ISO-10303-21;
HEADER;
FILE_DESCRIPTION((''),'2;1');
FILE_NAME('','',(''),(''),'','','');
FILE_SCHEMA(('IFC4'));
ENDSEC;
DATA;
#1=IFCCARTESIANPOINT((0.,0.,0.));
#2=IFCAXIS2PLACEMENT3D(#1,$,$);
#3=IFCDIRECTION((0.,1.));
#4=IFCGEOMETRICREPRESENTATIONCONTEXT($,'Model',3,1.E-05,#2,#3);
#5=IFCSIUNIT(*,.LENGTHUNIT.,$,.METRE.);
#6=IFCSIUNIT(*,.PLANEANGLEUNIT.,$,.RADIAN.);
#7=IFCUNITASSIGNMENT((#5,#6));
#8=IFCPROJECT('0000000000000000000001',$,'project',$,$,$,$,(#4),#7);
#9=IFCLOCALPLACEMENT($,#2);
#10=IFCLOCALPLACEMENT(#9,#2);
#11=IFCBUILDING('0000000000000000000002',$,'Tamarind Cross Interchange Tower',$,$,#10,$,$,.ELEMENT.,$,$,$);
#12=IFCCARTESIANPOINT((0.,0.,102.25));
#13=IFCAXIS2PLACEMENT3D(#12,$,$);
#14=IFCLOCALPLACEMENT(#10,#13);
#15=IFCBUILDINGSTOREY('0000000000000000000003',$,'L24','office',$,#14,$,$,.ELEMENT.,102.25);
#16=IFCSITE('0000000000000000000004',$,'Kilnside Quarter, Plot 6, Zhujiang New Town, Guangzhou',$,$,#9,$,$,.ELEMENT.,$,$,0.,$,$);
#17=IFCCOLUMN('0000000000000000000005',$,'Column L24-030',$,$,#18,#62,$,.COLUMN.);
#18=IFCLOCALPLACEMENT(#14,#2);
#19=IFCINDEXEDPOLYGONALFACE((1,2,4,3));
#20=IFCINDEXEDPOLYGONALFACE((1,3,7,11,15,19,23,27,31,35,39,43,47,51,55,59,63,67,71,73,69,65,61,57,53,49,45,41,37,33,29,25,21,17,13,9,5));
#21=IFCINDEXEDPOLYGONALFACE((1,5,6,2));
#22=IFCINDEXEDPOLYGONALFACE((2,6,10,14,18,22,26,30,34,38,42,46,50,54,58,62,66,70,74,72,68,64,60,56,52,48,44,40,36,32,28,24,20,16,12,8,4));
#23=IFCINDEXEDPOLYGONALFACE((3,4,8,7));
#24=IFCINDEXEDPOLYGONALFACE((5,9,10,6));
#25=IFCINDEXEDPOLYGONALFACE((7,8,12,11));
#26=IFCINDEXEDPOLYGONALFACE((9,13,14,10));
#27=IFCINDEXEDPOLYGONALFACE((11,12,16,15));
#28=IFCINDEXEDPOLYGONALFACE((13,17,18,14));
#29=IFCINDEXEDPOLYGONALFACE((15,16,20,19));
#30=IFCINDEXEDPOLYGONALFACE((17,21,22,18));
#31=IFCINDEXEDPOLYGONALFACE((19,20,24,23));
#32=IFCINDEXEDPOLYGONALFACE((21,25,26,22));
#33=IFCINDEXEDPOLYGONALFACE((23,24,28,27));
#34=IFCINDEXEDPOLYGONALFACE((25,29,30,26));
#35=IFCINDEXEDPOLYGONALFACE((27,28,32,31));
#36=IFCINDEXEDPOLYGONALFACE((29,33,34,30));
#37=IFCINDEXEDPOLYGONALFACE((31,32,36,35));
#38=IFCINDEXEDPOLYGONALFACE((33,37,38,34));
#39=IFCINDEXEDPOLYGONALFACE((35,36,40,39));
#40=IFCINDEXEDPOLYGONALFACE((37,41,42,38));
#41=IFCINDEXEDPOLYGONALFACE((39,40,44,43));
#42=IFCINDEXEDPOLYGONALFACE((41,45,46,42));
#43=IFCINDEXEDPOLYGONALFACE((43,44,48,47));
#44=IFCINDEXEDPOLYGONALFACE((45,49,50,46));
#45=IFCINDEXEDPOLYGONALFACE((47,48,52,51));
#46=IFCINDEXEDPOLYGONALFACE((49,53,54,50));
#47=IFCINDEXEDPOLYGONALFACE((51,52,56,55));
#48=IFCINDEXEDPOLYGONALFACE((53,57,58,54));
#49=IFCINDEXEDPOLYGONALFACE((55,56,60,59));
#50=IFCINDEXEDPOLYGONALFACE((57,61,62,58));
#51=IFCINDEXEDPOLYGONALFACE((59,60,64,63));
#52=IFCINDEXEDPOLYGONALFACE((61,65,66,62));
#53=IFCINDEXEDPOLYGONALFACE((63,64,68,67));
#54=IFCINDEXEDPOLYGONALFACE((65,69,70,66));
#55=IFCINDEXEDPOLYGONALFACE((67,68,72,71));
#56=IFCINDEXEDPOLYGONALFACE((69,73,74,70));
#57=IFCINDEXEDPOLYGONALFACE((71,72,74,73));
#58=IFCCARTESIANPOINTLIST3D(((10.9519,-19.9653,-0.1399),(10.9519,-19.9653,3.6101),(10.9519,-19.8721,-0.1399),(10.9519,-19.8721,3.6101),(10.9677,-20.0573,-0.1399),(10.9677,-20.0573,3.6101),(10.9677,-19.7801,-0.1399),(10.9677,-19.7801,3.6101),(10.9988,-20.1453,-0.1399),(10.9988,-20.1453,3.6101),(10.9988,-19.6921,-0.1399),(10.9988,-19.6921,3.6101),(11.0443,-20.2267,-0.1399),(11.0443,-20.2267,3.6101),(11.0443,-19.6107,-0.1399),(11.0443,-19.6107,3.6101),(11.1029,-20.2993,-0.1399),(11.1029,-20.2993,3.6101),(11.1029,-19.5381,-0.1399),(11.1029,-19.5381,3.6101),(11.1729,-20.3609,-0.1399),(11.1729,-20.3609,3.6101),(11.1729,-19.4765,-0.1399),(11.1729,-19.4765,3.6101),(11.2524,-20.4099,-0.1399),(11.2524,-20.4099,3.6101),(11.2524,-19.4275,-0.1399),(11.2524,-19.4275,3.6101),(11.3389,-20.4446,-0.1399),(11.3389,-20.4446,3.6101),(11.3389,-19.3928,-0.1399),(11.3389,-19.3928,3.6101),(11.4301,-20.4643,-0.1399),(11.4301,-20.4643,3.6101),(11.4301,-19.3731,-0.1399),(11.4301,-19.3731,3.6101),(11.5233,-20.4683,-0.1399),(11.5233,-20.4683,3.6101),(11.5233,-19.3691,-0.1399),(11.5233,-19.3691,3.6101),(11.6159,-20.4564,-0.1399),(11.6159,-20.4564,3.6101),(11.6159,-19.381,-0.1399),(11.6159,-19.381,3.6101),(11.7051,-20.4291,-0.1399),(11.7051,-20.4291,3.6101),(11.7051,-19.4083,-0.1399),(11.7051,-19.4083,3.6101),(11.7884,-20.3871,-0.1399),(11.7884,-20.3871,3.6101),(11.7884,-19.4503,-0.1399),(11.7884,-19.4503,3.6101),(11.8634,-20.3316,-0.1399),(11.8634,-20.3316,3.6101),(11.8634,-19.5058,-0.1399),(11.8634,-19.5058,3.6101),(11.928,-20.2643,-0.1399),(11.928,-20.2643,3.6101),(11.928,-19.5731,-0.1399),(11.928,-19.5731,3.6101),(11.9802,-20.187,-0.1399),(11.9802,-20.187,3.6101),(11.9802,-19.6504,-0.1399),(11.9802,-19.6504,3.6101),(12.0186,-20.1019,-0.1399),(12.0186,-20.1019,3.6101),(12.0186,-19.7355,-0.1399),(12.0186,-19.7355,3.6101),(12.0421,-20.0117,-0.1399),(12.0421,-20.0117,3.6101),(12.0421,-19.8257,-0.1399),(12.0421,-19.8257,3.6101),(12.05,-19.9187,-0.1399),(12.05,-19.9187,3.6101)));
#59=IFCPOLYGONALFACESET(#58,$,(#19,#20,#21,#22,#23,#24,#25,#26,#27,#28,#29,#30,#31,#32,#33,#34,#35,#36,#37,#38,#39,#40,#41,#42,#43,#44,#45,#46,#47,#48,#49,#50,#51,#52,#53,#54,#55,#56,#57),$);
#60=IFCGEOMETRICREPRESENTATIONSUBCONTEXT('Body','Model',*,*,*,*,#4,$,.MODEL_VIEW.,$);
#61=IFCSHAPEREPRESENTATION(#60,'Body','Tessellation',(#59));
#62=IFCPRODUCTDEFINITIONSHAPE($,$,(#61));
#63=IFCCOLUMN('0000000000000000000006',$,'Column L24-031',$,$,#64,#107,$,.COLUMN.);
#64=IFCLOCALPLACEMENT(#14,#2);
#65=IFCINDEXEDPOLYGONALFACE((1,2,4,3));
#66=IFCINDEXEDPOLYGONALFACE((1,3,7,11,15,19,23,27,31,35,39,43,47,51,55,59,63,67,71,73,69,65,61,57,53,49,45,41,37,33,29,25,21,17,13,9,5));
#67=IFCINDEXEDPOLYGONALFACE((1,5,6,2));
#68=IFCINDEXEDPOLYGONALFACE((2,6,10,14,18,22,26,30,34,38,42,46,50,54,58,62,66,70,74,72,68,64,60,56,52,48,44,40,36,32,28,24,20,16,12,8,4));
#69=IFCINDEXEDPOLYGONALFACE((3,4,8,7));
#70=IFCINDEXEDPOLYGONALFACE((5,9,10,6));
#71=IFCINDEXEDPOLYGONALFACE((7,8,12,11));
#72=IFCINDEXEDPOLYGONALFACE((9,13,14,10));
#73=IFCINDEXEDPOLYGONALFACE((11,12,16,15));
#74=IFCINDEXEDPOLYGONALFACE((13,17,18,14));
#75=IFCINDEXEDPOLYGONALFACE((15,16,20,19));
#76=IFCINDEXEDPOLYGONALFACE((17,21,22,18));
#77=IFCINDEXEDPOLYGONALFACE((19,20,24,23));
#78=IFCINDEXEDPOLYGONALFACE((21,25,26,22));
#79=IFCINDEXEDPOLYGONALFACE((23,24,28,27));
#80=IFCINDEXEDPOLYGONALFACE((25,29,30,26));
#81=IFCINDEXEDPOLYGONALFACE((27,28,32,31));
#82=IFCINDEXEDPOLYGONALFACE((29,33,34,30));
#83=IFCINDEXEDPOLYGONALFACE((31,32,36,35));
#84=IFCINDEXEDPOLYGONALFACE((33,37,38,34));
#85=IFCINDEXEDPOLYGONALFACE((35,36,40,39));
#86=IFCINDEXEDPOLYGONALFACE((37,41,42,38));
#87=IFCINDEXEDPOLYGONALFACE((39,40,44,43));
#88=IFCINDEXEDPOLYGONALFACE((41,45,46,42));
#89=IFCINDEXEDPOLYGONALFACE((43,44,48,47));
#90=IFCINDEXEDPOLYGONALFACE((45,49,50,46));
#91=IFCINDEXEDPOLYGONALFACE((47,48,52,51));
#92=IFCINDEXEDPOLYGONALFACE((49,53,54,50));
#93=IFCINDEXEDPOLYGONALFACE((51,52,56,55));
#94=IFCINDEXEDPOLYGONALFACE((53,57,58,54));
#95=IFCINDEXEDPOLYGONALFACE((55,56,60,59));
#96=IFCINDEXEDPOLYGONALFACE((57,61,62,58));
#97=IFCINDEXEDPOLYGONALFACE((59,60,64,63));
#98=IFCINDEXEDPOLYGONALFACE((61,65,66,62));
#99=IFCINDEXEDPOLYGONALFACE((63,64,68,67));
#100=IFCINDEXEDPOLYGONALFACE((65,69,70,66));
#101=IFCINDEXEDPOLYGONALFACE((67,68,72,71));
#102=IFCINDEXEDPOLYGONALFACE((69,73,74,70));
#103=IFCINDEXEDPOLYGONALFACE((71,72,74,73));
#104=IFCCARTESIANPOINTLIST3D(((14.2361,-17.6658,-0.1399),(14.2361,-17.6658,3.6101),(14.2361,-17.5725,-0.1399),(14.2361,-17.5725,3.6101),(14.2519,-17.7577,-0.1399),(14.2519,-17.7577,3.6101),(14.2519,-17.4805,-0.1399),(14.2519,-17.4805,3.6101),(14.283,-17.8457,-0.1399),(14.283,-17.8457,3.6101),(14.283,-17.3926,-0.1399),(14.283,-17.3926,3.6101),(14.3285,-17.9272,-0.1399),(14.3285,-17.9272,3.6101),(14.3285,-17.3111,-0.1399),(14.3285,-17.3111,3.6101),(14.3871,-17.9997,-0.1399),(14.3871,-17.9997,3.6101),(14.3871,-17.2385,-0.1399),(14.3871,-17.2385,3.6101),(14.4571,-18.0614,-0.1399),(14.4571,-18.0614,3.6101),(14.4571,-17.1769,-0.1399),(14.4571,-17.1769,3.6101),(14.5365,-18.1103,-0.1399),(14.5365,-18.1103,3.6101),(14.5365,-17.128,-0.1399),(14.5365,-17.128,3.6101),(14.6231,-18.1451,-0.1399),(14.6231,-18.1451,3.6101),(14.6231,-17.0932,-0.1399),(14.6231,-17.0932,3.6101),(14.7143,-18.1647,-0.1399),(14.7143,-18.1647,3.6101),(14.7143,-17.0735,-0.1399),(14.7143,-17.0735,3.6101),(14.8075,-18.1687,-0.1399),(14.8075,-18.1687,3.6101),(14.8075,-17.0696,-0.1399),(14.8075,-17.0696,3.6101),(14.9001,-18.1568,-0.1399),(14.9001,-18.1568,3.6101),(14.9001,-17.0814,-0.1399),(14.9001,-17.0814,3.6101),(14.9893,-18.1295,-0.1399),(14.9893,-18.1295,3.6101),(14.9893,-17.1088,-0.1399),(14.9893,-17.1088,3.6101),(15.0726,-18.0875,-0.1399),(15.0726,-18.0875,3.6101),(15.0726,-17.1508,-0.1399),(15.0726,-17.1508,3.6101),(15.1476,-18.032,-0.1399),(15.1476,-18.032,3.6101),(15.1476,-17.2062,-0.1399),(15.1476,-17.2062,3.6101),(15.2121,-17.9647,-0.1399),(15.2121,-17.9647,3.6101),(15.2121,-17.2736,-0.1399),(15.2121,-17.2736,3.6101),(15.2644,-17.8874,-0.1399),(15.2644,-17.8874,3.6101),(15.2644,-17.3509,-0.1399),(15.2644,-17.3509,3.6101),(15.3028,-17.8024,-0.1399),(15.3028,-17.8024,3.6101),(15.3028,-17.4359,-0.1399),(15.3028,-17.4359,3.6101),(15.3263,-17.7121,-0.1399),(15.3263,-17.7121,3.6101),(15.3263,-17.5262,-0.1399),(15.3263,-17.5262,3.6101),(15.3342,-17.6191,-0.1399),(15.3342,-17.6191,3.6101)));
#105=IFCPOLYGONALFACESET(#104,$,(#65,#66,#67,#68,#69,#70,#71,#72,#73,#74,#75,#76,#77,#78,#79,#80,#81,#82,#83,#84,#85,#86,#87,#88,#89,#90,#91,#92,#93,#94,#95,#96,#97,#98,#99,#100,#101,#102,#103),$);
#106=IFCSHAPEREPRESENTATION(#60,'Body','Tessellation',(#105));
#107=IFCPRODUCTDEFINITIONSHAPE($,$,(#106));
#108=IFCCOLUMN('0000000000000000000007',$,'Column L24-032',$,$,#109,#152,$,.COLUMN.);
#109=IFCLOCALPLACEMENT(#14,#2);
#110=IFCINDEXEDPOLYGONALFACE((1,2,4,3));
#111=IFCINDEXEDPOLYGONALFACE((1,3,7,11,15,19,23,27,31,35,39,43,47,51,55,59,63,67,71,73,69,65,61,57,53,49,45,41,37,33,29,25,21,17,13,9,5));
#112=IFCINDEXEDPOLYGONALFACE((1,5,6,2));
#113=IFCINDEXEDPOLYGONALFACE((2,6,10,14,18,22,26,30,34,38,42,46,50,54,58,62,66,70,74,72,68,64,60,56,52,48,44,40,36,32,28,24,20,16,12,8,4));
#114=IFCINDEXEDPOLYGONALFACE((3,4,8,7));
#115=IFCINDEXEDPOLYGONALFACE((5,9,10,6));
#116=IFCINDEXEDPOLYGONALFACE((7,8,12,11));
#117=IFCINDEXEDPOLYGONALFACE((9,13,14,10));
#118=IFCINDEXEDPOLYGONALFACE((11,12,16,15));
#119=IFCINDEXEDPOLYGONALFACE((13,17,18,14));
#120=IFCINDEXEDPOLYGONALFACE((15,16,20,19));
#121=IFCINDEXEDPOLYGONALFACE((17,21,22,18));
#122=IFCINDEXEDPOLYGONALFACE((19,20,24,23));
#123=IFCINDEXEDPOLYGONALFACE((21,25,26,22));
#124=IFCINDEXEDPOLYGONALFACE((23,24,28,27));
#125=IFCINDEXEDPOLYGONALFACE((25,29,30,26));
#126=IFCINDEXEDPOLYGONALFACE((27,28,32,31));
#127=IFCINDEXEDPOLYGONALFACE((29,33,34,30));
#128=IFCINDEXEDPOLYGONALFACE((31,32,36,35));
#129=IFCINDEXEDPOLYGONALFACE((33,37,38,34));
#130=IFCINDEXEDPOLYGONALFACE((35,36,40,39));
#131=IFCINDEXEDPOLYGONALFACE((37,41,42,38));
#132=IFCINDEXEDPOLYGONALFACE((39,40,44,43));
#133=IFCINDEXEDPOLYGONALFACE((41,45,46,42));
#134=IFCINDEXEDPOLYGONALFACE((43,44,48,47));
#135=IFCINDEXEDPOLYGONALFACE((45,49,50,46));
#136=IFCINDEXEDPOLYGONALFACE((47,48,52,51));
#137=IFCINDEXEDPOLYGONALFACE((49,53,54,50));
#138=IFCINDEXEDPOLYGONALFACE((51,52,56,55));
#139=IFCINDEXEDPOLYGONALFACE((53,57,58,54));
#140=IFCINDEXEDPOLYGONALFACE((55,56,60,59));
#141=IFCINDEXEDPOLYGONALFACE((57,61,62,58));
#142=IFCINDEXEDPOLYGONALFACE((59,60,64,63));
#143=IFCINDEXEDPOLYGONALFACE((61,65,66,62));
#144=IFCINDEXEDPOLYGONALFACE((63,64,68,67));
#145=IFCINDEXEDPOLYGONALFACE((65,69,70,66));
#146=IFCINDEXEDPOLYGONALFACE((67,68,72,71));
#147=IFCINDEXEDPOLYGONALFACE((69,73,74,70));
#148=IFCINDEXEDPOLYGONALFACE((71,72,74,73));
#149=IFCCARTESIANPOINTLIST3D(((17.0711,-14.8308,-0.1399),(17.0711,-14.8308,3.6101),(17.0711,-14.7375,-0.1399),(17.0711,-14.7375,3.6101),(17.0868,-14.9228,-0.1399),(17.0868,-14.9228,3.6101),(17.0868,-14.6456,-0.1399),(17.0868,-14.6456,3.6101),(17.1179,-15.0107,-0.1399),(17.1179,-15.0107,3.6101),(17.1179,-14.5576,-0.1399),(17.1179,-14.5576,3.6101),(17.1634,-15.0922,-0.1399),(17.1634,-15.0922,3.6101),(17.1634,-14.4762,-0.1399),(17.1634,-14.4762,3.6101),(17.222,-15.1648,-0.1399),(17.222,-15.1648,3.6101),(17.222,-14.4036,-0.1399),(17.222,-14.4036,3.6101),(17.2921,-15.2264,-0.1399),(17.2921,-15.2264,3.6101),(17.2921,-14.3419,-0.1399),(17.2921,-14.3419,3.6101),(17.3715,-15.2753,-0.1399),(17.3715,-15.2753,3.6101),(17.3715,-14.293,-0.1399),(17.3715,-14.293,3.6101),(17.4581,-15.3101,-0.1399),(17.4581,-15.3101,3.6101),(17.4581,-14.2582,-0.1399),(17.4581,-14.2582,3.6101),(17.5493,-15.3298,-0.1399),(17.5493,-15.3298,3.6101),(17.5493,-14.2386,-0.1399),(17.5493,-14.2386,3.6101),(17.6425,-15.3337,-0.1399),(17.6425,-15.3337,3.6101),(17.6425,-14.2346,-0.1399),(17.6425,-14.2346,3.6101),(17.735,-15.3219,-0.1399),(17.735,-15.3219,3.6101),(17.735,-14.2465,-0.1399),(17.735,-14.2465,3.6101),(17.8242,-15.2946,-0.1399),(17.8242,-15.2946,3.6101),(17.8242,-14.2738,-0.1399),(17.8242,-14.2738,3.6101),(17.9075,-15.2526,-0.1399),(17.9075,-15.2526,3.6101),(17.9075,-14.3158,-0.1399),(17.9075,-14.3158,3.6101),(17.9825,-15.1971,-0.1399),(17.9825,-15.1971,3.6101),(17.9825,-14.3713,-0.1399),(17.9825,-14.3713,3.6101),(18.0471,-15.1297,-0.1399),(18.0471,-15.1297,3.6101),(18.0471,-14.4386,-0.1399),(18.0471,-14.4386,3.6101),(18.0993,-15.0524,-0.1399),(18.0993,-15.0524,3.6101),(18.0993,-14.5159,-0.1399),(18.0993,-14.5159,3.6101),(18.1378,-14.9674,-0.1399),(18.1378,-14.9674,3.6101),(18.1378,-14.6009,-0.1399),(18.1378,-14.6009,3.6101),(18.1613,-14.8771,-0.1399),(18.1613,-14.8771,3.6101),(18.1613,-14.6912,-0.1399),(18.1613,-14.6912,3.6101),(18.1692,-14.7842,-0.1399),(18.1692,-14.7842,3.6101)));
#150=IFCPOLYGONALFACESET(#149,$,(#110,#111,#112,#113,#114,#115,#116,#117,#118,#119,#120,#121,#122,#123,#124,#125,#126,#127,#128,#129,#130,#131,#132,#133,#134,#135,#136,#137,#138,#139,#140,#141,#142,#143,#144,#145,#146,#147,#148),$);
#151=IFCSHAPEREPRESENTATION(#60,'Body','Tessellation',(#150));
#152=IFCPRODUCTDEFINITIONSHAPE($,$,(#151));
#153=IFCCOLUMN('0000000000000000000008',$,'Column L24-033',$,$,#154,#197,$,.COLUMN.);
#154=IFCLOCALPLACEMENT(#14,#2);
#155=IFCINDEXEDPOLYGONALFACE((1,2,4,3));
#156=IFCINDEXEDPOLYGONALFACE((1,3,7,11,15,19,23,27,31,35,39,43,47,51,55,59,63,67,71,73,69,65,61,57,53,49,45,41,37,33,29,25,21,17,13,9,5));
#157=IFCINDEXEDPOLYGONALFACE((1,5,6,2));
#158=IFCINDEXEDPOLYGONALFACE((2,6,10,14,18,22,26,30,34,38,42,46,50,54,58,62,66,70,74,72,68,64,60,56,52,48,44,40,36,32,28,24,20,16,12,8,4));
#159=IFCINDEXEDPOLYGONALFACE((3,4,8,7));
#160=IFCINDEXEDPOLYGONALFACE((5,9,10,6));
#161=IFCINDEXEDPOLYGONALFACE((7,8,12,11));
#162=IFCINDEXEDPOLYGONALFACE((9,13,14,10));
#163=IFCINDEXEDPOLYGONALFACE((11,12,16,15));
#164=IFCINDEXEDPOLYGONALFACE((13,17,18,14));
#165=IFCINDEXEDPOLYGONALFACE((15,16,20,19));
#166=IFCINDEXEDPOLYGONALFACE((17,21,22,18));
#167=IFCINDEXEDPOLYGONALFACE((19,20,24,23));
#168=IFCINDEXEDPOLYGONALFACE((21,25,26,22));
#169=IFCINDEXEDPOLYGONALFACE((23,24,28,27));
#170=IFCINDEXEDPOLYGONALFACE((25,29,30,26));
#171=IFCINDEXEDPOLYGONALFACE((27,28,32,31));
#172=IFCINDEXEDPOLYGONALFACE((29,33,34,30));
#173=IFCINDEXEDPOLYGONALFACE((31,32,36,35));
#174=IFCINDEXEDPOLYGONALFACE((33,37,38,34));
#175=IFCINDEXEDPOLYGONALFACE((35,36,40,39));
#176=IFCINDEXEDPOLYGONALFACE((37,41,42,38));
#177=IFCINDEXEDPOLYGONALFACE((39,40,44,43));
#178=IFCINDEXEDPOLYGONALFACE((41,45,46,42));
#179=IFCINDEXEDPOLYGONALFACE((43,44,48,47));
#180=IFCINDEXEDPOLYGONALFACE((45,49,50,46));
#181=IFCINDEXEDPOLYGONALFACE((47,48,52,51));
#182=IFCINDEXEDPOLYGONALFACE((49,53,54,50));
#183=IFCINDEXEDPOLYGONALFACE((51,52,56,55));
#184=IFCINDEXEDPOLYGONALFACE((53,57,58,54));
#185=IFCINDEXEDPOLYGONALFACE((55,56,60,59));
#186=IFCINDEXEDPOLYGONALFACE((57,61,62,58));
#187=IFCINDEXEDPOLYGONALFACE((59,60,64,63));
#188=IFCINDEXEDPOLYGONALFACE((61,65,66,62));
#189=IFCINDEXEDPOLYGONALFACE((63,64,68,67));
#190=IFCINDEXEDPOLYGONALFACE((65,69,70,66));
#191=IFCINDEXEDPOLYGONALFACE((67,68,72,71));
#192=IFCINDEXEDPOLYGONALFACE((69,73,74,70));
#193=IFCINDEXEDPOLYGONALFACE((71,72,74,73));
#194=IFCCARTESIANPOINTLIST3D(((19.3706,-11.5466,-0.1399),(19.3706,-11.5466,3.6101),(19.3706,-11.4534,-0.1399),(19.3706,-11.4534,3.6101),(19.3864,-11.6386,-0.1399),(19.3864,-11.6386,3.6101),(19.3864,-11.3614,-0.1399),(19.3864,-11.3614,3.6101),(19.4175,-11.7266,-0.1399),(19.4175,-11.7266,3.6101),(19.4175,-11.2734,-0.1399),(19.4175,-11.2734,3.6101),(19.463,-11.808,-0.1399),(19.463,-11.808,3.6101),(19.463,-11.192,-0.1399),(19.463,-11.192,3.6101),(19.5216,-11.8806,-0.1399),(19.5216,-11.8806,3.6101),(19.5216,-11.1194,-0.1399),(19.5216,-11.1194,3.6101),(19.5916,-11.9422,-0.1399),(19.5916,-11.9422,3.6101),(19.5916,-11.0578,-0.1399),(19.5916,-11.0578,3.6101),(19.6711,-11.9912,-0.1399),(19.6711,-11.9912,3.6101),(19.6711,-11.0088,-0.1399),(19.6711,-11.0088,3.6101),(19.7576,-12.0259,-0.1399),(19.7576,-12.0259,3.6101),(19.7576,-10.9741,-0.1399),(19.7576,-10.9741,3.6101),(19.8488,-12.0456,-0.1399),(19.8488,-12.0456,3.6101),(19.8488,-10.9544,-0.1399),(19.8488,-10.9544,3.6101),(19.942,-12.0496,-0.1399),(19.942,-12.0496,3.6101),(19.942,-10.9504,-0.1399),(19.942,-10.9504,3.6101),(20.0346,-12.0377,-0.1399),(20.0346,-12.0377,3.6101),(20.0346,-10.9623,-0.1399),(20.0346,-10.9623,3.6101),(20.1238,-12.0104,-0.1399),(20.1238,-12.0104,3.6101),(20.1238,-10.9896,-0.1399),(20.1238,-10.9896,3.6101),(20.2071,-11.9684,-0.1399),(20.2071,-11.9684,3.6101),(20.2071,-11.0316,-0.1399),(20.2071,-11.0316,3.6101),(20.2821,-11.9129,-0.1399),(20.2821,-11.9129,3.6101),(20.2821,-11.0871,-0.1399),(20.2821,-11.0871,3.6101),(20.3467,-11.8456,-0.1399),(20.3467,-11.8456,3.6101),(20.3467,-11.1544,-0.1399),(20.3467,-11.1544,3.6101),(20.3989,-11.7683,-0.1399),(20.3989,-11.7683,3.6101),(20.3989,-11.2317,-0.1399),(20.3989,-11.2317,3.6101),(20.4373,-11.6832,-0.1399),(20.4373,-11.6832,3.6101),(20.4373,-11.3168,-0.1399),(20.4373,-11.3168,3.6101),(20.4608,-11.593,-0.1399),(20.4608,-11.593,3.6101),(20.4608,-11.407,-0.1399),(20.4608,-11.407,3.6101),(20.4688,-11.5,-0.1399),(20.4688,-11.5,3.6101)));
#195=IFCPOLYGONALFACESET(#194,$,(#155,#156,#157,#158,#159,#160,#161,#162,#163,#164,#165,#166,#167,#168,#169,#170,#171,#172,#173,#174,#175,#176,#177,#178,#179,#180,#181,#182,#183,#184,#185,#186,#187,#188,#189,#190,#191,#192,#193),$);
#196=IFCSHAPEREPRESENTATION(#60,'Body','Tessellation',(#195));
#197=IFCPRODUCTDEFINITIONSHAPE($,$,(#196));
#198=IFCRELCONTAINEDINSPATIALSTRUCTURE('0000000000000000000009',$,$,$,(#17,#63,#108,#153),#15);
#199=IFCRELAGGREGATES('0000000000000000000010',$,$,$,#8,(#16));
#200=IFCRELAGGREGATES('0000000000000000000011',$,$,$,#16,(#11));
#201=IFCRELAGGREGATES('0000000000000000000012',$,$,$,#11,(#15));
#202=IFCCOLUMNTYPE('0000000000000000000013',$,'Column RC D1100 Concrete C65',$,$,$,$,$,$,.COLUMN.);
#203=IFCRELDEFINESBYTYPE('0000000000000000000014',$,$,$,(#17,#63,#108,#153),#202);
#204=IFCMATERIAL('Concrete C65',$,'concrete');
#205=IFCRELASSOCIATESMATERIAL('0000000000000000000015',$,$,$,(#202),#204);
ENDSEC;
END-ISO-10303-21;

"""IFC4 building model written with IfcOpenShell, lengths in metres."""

from ifc_helpers import new_model, si_unit, direction, frame, origin, origin_2d, place, context, subcontext, project, spatial, circle, extrude, material, material_profile, profile_set, type_object, element, save


model = new_model("IFC4")

# Units and contexts
model_context = context("Model", 3, precision=1e-05, world=origin(), true_north=direction((0.0, 1.0)))
body_context = subcontext(model_context, "Body", "Model", "MODEL_VIEW")
ifc_project = project(units=[si_unit("LENGTHUNIT", "METRE"), si_unit("PLANEANGLEUNIT", "RADIAN")], contexts=[model_context])

# Site, building, storey
site_placement = place(None, origin())
site = spatial("IfcSite", under=ifc_project, at=site_placement, Name="Kilnside Quarter, Plot 6, Zhujiang New Town, Guangzhou", CompositionType="ELEMENT", RefElevation=0.0)
building_placement = place(site_placement, origin())
building = spatial("IfcBuilding", under=site, at=building_placement, Name="Tamarind Cross Interchange Tower", CompositionType="ELEMENT")
storey_placement = place(building_placement, frame((0.0, 0.0, 102.25)))
storey = spatial("IfcBuildingStorey", under=building, at=storey_placement, Name="L24", Description="office", CompositionType="ELEMENT", Elevation=102.25)

# Columns
ifc_material_1 = material(Name="Concrete C65", Category="concrete")
ifc_material_profile_1 = material_profile(ifc_material_1, circle(Radius=0.55, at=origin_2d()), Name="RC D1100")
ifc_profile_set_1 = profile_set([ifc_material_profile_1], Name="Concrete C65")
column_type = type_object("IfcColumnType", Name="Column RC D1100 Concrete C65", PredefinedType="COLUMN", material=ifc_profile_set_1)
for number, where, z_axis, x_axis, name in (
    (1, (11.5, -19.9187, -0.1399), (0.0, 0.0, 1.0), (1.0, 0.0, 0.0), "Column L24-030"),
    (2, (14.7842, -17.6191, -0.1399), (0.0, 0.0, 1.0), (1.0, 0.0, 0.0), "Column L24-031"),
    (3, (17.6191, -14.7842, -0.1399), (0.0, 0.0, 1.0), (1.0, 0.0, 0.0), "Column L24-032"),
    (4, (19.9187, -11.5, -0.1399), (0.0, 0.0, 1.0), (1.0, 0.0, 0.0), "Column L24-033"),
):
    element("IfcColumn", number, at=place(storey_placement, frame(where, z_axis=z_axis, x_axis=x_axis)), inside=storey, type_object=column_type, Name=name, PredefinedType="COLUMN", context=body_context, shape_type="SweptSolid", body=[
        extrude(circle(Radius=0.55, at=origin_2d()), origin(), (0.0, 0.0, 1.0), 3.75),
    ])

save(model, "model.ifc")
